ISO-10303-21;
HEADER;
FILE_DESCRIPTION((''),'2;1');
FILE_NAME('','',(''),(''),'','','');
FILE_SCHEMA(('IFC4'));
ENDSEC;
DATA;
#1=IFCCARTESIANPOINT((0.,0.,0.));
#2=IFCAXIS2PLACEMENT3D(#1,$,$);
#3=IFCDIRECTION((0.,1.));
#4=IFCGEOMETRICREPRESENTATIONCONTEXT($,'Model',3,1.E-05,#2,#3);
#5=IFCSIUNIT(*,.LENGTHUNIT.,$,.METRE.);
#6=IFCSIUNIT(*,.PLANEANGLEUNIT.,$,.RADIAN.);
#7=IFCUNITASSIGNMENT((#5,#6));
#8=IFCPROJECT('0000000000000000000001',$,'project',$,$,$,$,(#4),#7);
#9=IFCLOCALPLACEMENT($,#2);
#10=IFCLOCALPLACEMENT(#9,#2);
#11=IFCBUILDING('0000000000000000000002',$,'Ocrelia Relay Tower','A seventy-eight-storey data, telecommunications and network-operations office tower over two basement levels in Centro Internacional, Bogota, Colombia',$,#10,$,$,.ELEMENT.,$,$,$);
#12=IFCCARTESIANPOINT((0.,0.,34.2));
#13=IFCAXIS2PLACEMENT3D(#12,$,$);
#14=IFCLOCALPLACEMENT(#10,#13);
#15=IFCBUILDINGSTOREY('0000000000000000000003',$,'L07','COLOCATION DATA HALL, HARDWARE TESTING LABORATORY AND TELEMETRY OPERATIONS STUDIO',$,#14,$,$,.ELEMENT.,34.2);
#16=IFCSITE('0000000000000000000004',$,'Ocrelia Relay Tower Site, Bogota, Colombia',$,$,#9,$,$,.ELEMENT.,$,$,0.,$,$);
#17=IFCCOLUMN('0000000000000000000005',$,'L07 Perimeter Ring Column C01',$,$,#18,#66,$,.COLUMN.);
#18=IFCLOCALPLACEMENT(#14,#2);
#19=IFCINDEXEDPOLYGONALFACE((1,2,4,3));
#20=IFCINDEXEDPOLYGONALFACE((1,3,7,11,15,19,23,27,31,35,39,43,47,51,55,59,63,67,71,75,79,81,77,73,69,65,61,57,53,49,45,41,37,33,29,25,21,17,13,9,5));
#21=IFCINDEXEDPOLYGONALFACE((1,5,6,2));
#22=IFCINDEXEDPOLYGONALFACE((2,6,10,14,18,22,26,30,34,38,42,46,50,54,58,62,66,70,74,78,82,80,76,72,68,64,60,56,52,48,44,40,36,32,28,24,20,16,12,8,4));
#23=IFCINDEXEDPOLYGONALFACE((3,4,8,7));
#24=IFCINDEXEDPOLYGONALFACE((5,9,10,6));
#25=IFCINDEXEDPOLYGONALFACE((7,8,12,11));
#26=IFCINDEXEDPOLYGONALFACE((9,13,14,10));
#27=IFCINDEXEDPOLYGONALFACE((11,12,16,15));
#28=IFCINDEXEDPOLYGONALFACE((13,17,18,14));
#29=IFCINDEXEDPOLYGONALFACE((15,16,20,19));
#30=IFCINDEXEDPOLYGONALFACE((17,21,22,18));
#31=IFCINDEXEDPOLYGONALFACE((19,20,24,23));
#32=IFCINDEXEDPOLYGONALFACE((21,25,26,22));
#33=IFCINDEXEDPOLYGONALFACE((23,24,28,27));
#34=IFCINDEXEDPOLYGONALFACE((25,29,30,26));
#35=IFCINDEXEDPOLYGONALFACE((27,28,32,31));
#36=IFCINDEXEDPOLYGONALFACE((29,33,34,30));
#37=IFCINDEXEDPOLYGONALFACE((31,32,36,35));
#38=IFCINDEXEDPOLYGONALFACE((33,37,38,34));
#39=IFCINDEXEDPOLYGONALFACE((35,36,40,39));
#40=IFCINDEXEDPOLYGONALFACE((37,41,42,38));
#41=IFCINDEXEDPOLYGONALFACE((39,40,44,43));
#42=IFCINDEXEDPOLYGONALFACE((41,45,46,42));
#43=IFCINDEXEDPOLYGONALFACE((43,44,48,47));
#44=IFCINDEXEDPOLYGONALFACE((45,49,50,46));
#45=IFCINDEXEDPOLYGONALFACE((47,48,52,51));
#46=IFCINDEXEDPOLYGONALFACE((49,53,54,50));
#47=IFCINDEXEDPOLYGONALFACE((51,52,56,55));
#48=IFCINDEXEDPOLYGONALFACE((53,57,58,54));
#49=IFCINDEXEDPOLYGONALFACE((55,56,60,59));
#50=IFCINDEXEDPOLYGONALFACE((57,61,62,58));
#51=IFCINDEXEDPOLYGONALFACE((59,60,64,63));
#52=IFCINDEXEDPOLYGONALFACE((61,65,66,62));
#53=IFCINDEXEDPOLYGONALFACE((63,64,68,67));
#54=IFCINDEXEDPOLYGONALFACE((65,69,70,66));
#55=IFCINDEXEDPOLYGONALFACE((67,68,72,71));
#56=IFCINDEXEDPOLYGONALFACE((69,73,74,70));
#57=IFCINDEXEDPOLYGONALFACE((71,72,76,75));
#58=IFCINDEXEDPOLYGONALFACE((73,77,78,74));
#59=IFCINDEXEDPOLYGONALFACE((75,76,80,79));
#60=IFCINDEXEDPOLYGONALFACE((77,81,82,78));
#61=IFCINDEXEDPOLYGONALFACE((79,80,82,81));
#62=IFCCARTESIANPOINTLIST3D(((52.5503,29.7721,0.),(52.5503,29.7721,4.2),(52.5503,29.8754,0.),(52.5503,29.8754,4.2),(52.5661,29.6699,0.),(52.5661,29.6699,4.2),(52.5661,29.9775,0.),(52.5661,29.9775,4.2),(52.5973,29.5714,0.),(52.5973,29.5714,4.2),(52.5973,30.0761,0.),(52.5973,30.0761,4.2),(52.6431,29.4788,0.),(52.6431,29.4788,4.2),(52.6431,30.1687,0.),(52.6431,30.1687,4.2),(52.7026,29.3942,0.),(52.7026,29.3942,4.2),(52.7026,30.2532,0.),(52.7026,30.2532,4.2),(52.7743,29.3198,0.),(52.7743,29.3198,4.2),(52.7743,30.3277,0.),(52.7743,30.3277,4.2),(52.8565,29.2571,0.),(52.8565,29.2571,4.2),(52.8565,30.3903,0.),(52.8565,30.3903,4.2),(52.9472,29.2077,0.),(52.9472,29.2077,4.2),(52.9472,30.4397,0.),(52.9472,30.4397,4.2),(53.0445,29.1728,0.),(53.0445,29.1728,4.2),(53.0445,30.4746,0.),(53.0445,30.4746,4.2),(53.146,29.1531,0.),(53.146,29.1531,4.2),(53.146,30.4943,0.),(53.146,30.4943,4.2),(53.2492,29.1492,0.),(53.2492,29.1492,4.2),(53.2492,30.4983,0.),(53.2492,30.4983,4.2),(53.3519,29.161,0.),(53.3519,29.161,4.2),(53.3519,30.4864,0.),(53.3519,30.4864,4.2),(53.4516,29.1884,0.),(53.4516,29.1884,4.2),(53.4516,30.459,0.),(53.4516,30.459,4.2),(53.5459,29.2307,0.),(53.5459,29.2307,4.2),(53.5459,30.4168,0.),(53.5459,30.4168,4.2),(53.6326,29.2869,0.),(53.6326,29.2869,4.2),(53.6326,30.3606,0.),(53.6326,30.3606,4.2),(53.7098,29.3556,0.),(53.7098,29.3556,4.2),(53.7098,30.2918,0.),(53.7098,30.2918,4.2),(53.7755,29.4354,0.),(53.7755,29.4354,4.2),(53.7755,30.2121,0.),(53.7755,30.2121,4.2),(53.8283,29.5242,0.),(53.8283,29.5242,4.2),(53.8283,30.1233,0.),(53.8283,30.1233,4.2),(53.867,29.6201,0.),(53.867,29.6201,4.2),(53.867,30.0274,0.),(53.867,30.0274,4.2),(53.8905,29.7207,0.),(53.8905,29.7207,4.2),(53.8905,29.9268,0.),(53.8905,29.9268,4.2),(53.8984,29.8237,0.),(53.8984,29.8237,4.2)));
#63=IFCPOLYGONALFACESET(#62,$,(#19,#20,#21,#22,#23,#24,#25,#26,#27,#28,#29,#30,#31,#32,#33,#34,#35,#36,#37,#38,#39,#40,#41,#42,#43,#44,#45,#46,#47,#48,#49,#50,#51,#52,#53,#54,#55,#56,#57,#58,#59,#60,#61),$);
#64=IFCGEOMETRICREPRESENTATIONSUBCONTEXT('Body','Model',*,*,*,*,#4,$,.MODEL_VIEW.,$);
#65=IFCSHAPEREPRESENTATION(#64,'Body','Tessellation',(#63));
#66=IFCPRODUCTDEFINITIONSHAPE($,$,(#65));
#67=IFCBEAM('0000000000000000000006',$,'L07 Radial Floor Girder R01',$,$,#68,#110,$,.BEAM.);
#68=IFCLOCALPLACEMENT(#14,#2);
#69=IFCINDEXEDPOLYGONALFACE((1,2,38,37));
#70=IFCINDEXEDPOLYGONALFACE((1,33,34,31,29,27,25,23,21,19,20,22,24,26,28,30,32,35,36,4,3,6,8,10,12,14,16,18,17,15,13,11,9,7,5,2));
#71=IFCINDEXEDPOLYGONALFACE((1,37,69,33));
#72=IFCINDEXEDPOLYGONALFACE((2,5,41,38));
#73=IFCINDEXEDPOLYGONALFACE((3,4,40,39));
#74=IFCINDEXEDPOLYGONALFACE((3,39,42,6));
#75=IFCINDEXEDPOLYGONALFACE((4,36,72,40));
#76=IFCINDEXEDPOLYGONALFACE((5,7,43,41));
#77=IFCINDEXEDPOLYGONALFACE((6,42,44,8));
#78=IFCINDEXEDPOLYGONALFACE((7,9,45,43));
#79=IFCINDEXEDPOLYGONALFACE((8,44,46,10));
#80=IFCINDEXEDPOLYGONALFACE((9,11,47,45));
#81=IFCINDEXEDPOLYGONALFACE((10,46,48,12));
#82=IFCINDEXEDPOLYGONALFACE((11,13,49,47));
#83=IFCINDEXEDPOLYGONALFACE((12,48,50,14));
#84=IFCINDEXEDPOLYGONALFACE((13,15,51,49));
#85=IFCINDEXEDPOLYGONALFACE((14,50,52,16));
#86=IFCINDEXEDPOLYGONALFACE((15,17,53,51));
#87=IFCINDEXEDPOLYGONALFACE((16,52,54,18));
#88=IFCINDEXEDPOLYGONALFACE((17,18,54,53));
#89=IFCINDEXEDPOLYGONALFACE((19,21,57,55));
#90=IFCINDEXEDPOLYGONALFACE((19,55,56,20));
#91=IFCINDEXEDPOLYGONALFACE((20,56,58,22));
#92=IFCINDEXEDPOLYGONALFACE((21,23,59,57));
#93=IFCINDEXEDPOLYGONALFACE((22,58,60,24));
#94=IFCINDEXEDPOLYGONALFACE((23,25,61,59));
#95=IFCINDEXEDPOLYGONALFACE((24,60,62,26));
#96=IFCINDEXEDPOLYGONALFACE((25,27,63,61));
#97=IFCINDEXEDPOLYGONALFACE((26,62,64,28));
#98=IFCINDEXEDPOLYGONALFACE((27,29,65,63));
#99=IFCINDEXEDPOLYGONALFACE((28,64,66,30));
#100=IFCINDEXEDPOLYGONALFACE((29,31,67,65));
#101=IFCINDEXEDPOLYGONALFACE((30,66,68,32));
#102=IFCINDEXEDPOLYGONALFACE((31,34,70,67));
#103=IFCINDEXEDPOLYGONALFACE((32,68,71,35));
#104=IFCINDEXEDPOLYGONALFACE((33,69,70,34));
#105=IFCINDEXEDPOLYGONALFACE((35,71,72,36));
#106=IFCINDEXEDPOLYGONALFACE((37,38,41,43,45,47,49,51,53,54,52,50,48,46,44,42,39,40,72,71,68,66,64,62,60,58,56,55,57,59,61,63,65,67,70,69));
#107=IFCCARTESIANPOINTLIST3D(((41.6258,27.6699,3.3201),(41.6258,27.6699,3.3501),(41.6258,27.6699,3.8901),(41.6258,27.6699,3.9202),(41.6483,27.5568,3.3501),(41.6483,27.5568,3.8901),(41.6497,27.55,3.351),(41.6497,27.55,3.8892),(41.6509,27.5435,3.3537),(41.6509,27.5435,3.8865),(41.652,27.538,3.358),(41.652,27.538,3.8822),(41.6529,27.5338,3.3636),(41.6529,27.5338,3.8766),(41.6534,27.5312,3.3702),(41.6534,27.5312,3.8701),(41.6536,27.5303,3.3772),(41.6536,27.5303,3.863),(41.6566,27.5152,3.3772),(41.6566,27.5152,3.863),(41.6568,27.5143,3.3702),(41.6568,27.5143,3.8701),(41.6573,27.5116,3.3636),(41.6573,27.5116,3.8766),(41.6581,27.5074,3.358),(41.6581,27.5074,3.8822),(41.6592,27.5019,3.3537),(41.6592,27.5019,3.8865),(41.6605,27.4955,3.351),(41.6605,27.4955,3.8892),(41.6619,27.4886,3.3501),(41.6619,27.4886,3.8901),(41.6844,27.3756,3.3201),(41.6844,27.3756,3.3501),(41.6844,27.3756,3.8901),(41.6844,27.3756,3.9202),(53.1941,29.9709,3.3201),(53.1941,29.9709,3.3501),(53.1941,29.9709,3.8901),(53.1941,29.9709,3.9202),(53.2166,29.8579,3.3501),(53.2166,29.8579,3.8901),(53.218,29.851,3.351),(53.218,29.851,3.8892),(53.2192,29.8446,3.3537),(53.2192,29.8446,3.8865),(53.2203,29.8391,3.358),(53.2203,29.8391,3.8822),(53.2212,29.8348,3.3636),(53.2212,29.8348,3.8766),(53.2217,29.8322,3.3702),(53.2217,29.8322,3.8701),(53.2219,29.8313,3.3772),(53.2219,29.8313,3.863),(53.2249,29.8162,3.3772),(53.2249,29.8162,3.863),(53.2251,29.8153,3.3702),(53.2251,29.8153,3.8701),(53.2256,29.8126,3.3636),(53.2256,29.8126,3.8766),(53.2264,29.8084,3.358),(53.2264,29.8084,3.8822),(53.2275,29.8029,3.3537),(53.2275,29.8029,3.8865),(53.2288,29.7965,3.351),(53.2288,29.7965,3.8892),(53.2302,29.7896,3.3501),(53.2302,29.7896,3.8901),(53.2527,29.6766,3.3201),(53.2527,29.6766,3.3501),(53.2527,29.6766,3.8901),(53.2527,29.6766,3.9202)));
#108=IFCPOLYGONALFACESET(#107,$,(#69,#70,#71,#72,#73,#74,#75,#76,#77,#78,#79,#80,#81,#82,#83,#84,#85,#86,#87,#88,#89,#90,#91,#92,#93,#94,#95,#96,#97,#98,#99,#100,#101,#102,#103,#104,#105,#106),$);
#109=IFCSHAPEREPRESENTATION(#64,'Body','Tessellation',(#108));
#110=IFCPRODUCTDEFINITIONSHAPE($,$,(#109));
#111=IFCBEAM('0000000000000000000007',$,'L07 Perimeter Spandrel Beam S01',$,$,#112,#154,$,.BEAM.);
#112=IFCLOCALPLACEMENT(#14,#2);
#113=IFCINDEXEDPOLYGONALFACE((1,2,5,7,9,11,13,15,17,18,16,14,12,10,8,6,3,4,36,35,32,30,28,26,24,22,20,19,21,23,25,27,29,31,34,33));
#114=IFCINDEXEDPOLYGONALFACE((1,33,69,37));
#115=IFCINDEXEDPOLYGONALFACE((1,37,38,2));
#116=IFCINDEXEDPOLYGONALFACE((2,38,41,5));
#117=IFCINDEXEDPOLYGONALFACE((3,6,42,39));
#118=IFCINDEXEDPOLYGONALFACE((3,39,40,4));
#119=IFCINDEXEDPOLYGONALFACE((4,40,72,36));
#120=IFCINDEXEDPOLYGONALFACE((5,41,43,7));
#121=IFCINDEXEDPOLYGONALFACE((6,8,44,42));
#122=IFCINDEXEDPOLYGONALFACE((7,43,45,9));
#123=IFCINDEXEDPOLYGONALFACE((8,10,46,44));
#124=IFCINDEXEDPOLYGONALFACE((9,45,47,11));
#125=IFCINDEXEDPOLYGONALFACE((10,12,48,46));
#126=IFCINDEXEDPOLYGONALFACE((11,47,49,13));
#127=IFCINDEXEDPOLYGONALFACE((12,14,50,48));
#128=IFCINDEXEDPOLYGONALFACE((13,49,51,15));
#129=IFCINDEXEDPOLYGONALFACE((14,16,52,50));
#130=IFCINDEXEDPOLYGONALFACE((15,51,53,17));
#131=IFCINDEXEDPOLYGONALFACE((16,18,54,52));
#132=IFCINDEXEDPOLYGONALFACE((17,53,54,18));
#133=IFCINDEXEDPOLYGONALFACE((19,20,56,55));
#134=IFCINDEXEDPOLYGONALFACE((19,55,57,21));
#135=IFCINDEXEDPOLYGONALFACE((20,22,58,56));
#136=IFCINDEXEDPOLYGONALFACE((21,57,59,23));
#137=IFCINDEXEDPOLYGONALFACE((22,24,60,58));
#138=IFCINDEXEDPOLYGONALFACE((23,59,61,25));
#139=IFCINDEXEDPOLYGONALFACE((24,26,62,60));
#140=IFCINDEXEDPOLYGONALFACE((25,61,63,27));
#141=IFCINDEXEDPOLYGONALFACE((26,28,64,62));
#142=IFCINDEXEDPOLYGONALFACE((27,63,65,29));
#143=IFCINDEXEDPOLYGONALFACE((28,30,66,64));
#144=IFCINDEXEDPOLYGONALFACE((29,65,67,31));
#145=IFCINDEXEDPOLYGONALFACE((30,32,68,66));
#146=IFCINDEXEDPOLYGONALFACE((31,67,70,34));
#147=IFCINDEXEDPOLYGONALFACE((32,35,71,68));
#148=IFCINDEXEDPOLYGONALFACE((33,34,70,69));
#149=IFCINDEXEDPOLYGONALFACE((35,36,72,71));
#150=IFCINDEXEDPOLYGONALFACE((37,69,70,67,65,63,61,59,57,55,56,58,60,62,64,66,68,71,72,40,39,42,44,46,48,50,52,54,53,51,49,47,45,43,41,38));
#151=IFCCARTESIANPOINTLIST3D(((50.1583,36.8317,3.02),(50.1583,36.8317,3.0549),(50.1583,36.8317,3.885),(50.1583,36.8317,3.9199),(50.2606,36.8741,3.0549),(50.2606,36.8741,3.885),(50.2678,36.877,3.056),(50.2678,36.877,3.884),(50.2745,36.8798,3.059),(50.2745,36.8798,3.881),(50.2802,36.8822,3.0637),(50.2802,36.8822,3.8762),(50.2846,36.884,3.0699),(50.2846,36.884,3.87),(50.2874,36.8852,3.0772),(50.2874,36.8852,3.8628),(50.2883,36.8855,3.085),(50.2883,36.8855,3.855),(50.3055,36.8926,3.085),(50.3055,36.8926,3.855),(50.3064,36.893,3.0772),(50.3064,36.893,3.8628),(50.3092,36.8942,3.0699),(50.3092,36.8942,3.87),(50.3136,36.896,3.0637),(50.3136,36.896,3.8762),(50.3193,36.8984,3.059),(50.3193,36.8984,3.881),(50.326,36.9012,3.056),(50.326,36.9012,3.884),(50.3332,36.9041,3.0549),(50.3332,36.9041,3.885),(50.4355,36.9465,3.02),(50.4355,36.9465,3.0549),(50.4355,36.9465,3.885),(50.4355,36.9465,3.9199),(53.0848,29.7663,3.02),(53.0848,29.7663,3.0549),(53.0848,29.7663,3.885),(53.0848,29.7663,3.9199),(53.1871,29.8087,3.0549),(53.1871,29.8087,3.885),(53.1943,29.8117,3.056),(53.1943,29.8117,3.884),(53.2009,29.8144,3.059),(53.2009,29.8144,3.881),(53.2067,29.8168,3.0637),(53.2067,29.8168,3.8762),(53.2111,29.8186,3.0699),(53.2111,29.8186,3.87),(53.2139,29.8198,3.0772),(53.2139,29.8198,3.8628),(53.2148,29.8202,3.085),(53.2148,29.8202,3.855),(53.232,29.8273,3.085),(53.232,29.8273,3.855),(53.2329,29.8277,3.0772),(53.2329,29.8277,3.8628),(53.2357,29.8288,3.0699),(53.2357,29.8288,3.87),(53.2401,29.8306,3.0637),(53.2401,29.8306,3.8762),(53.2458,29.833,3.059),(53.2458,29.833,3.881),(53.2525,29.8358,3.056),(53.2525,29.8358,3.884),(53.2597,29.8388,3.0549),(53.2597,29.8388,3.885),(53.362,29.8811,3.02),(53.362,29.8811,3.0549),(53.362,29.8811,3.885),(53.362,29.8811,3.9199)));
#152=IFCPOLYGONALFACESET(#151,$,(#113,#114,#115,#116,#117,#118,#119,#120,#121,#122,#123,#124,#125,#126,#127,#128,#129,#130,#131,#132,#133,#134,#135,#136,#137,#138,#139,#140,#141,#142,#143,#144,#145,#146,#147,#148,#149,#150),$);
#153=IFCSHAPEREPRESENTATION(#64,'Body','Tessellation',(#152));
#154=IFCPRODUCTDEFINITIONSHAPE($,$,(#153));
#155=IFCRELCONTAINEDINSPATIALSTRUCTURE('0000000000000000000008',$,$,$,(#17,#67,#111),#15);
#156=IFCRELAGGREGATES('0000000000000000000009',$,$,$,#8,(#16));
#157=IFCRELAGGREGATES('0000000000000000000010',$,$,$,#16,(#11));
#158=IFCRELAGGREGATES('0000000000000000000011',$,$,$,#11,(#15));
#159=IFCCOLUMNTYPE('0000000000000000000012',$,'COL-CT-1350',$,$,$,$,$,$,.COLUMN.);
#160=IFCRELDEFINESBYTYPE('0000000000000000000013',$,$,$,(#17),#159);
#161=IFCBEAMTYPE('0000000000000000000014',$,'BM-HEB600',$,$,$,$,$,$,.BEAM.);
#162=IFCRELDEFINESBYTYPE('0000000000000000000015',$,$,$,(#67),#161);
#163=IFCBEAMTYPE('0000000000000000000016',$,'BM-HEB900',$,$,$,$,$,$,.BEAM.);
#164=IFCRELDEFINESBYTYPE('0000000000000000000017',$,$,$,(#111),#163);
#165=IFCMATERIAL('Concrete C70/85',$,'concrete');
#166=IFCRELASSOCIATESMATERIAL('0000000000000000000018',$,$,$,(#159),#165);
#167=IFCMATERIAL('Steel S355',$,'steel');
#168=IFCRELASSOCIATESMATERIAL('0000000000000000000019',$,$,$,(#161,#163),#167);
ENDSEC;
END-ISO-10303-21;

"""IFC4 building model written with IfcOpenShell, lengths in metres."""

from ifc_helpers import new_model, si_unit, direction, frame, origin, origin_2d, place, context, subcontext, project, spatial, circle, i_section, extrude, material, material_profile, profile_set, type_object, element, save


model = new_model("IFC4")

# Units and contexts
model_context = context("Model", 3, precision=1e-05, world=origin(), true_north=direction((0.0, 1.0)))
body_context = subcontext(model_context, "Body", "Model", "MODEL_VIEW")
ifc_project = project(units=[si_unit("LENGTHUNIT", "METRE"), si_unit("PLANEANGLEUNIT", "RADIAN")], contexts=[model_context])

# Site, building, storey
site_placement = place(None, origin())
site = spatial("IfcSite", under=ifc_project, at=site_placement, Name="Ocrelia Relay Tower Site, Bogota, Colombia", CompositionType="ELEMENT", RefElevation=0.0)
building_placement = place(site_placement, origin())
building = spatial("IfcBuilding", under=site, at=building_placement, Name="Ocrelia Relay Tower", Description="A seventy-eight-storey data, telecommunications and network-operations office tower over two basement levels in Centro Internacional, Bogota, Colombia", CompositionType="ELEMENT")
storey_placement = place(building_placement, frame((0.0, 0.0, 34.2)))
storey = spatial("IfcBuildingStorey", under=building, at=storey_placement, Name="L07", Description="COLOCATION DATA HALL, HARDWARE TESTING LABORATORY AND TELEMETRY OPERATIONS STUDIO", CompositionType="ELEMENT", Elevation=34.2)

# Column
ifc_material_1 = material(Name="Concrete C70/85", Category="concrete")
ifc_material_profile_1 = material_profile(ifc_material_1, circle(Radius=0.675, at=origin_2d()), Name="RC-CIR-1350")
ifc_profile_set_1 = profile_set([ifc_material_profile_1], Name="Concrete C70/85")
column_type = type_object("IfcColumnType", Name="COL-CT-1350", PredefinedType="COLUMN", material=ifc_profile_set_1)
column_placement = place(storey_placement, frame((53.2234, 29.8237, 0.0), z_axis=(0.0, 0.0, 1.0), x_axis=(1.0, 0.0, 0.0)))
element("IfcColumn", 1, at=column_placement, inside=storey, type_object=column_type, Name="L07 Perimeter Ring Column C01", PredefinedType="COLUMN", context=body_context, shape_type="SweptSolid", body=[
    extrude(circle(Radius=0.675, at=origin_2d()), origin(), (0.0, 0.0, 1.0), 4.2),
])

# Beams
ifc_material_2 = material(Name="Steel S355", Category="steel")
ifc_material_profile_2 = material_profile(ifc_material_2, i_section(OverallWidth=0.3, OverallDepth=0.6001, WebThickness=0.0154, FlangeThickness=0.03, FilletRadius=0.0271, at=origin_2d()), Name="HEB 600")
ifc_profile_set_2 = profile_set([ifc_material_profile_2], Name="Steel S355")
beam_type_1 = type_object("IfcBeamType", Name="BM-HEB600", PredefinedType="BEAM", material=ifc_profile_set_2)
beam_1_placement = place(storey_placement, frame((53.2234, 29.8237, 3.6201), z_axis=(-0.980786, -0.195085, 0.0), x_axis=(0.195085, -0.980786, 0.0)))
element("IfcBeam", 2, at=beam_1_placement, inside=storey, type_object=beam_type_1, Name="L07 Radial Floor Girder R01", PredefinedType="BEAM", context=body_context, shape_type="SweptSolid", body=[
    extrude(i_section(OverallWidth=0.3, OverallDepth=0.6001, WebThickness=0.0154, FlangeThickness=0.03, FilletRadius=0.0271, at=origin_2d()), origin(), (0.0, 0.0, 1.0), 11.7949),
])
ifc_material_profile_3 = material_profile(ifc_material_2, i_section(OverallWidth=0.3, OverallDepth=0.8999, WebThickness=0.0186, FlangeThickness=0.0349, FilletRadius=0.03, at=origin_2d()), Name="HEB 900")
ifc_profile_set_3 = profile_set([ifc_material_profile_3], Name="Steel S355")
beam_type_2 = type_object("IfcBeamType", Name="BM-HEB900", PredefinedType="BEAM", material=ifc_profile_set_3)
beam_2_placement = place(storey_placement, frame((53.2234, 29.8237, 3.47), z_axis=(-0.382674, 0.923883, 0.0), x_axis=(-0.923883, -0.382674, 0.0)))
element("IfcBeam", 3, at=beam_2_placement, inside=storey, type_object=beam_type_2, Name="L07 Perimeter Spandrel Beam S01", PredefinedType="BEAM", context=body_context, shape_type="SweptSolid", body=[
    extrude(i_section(OverallWidth=0.3, OverallDepth=0.8999, WebThickness=0.0186, FlangeThickness=0.0349, FilletRadius=0.03, at=origin_2d()), origin(), (0.0, 0.0, 1.0), 7.6475),
])

save(model, "model.ifc")
